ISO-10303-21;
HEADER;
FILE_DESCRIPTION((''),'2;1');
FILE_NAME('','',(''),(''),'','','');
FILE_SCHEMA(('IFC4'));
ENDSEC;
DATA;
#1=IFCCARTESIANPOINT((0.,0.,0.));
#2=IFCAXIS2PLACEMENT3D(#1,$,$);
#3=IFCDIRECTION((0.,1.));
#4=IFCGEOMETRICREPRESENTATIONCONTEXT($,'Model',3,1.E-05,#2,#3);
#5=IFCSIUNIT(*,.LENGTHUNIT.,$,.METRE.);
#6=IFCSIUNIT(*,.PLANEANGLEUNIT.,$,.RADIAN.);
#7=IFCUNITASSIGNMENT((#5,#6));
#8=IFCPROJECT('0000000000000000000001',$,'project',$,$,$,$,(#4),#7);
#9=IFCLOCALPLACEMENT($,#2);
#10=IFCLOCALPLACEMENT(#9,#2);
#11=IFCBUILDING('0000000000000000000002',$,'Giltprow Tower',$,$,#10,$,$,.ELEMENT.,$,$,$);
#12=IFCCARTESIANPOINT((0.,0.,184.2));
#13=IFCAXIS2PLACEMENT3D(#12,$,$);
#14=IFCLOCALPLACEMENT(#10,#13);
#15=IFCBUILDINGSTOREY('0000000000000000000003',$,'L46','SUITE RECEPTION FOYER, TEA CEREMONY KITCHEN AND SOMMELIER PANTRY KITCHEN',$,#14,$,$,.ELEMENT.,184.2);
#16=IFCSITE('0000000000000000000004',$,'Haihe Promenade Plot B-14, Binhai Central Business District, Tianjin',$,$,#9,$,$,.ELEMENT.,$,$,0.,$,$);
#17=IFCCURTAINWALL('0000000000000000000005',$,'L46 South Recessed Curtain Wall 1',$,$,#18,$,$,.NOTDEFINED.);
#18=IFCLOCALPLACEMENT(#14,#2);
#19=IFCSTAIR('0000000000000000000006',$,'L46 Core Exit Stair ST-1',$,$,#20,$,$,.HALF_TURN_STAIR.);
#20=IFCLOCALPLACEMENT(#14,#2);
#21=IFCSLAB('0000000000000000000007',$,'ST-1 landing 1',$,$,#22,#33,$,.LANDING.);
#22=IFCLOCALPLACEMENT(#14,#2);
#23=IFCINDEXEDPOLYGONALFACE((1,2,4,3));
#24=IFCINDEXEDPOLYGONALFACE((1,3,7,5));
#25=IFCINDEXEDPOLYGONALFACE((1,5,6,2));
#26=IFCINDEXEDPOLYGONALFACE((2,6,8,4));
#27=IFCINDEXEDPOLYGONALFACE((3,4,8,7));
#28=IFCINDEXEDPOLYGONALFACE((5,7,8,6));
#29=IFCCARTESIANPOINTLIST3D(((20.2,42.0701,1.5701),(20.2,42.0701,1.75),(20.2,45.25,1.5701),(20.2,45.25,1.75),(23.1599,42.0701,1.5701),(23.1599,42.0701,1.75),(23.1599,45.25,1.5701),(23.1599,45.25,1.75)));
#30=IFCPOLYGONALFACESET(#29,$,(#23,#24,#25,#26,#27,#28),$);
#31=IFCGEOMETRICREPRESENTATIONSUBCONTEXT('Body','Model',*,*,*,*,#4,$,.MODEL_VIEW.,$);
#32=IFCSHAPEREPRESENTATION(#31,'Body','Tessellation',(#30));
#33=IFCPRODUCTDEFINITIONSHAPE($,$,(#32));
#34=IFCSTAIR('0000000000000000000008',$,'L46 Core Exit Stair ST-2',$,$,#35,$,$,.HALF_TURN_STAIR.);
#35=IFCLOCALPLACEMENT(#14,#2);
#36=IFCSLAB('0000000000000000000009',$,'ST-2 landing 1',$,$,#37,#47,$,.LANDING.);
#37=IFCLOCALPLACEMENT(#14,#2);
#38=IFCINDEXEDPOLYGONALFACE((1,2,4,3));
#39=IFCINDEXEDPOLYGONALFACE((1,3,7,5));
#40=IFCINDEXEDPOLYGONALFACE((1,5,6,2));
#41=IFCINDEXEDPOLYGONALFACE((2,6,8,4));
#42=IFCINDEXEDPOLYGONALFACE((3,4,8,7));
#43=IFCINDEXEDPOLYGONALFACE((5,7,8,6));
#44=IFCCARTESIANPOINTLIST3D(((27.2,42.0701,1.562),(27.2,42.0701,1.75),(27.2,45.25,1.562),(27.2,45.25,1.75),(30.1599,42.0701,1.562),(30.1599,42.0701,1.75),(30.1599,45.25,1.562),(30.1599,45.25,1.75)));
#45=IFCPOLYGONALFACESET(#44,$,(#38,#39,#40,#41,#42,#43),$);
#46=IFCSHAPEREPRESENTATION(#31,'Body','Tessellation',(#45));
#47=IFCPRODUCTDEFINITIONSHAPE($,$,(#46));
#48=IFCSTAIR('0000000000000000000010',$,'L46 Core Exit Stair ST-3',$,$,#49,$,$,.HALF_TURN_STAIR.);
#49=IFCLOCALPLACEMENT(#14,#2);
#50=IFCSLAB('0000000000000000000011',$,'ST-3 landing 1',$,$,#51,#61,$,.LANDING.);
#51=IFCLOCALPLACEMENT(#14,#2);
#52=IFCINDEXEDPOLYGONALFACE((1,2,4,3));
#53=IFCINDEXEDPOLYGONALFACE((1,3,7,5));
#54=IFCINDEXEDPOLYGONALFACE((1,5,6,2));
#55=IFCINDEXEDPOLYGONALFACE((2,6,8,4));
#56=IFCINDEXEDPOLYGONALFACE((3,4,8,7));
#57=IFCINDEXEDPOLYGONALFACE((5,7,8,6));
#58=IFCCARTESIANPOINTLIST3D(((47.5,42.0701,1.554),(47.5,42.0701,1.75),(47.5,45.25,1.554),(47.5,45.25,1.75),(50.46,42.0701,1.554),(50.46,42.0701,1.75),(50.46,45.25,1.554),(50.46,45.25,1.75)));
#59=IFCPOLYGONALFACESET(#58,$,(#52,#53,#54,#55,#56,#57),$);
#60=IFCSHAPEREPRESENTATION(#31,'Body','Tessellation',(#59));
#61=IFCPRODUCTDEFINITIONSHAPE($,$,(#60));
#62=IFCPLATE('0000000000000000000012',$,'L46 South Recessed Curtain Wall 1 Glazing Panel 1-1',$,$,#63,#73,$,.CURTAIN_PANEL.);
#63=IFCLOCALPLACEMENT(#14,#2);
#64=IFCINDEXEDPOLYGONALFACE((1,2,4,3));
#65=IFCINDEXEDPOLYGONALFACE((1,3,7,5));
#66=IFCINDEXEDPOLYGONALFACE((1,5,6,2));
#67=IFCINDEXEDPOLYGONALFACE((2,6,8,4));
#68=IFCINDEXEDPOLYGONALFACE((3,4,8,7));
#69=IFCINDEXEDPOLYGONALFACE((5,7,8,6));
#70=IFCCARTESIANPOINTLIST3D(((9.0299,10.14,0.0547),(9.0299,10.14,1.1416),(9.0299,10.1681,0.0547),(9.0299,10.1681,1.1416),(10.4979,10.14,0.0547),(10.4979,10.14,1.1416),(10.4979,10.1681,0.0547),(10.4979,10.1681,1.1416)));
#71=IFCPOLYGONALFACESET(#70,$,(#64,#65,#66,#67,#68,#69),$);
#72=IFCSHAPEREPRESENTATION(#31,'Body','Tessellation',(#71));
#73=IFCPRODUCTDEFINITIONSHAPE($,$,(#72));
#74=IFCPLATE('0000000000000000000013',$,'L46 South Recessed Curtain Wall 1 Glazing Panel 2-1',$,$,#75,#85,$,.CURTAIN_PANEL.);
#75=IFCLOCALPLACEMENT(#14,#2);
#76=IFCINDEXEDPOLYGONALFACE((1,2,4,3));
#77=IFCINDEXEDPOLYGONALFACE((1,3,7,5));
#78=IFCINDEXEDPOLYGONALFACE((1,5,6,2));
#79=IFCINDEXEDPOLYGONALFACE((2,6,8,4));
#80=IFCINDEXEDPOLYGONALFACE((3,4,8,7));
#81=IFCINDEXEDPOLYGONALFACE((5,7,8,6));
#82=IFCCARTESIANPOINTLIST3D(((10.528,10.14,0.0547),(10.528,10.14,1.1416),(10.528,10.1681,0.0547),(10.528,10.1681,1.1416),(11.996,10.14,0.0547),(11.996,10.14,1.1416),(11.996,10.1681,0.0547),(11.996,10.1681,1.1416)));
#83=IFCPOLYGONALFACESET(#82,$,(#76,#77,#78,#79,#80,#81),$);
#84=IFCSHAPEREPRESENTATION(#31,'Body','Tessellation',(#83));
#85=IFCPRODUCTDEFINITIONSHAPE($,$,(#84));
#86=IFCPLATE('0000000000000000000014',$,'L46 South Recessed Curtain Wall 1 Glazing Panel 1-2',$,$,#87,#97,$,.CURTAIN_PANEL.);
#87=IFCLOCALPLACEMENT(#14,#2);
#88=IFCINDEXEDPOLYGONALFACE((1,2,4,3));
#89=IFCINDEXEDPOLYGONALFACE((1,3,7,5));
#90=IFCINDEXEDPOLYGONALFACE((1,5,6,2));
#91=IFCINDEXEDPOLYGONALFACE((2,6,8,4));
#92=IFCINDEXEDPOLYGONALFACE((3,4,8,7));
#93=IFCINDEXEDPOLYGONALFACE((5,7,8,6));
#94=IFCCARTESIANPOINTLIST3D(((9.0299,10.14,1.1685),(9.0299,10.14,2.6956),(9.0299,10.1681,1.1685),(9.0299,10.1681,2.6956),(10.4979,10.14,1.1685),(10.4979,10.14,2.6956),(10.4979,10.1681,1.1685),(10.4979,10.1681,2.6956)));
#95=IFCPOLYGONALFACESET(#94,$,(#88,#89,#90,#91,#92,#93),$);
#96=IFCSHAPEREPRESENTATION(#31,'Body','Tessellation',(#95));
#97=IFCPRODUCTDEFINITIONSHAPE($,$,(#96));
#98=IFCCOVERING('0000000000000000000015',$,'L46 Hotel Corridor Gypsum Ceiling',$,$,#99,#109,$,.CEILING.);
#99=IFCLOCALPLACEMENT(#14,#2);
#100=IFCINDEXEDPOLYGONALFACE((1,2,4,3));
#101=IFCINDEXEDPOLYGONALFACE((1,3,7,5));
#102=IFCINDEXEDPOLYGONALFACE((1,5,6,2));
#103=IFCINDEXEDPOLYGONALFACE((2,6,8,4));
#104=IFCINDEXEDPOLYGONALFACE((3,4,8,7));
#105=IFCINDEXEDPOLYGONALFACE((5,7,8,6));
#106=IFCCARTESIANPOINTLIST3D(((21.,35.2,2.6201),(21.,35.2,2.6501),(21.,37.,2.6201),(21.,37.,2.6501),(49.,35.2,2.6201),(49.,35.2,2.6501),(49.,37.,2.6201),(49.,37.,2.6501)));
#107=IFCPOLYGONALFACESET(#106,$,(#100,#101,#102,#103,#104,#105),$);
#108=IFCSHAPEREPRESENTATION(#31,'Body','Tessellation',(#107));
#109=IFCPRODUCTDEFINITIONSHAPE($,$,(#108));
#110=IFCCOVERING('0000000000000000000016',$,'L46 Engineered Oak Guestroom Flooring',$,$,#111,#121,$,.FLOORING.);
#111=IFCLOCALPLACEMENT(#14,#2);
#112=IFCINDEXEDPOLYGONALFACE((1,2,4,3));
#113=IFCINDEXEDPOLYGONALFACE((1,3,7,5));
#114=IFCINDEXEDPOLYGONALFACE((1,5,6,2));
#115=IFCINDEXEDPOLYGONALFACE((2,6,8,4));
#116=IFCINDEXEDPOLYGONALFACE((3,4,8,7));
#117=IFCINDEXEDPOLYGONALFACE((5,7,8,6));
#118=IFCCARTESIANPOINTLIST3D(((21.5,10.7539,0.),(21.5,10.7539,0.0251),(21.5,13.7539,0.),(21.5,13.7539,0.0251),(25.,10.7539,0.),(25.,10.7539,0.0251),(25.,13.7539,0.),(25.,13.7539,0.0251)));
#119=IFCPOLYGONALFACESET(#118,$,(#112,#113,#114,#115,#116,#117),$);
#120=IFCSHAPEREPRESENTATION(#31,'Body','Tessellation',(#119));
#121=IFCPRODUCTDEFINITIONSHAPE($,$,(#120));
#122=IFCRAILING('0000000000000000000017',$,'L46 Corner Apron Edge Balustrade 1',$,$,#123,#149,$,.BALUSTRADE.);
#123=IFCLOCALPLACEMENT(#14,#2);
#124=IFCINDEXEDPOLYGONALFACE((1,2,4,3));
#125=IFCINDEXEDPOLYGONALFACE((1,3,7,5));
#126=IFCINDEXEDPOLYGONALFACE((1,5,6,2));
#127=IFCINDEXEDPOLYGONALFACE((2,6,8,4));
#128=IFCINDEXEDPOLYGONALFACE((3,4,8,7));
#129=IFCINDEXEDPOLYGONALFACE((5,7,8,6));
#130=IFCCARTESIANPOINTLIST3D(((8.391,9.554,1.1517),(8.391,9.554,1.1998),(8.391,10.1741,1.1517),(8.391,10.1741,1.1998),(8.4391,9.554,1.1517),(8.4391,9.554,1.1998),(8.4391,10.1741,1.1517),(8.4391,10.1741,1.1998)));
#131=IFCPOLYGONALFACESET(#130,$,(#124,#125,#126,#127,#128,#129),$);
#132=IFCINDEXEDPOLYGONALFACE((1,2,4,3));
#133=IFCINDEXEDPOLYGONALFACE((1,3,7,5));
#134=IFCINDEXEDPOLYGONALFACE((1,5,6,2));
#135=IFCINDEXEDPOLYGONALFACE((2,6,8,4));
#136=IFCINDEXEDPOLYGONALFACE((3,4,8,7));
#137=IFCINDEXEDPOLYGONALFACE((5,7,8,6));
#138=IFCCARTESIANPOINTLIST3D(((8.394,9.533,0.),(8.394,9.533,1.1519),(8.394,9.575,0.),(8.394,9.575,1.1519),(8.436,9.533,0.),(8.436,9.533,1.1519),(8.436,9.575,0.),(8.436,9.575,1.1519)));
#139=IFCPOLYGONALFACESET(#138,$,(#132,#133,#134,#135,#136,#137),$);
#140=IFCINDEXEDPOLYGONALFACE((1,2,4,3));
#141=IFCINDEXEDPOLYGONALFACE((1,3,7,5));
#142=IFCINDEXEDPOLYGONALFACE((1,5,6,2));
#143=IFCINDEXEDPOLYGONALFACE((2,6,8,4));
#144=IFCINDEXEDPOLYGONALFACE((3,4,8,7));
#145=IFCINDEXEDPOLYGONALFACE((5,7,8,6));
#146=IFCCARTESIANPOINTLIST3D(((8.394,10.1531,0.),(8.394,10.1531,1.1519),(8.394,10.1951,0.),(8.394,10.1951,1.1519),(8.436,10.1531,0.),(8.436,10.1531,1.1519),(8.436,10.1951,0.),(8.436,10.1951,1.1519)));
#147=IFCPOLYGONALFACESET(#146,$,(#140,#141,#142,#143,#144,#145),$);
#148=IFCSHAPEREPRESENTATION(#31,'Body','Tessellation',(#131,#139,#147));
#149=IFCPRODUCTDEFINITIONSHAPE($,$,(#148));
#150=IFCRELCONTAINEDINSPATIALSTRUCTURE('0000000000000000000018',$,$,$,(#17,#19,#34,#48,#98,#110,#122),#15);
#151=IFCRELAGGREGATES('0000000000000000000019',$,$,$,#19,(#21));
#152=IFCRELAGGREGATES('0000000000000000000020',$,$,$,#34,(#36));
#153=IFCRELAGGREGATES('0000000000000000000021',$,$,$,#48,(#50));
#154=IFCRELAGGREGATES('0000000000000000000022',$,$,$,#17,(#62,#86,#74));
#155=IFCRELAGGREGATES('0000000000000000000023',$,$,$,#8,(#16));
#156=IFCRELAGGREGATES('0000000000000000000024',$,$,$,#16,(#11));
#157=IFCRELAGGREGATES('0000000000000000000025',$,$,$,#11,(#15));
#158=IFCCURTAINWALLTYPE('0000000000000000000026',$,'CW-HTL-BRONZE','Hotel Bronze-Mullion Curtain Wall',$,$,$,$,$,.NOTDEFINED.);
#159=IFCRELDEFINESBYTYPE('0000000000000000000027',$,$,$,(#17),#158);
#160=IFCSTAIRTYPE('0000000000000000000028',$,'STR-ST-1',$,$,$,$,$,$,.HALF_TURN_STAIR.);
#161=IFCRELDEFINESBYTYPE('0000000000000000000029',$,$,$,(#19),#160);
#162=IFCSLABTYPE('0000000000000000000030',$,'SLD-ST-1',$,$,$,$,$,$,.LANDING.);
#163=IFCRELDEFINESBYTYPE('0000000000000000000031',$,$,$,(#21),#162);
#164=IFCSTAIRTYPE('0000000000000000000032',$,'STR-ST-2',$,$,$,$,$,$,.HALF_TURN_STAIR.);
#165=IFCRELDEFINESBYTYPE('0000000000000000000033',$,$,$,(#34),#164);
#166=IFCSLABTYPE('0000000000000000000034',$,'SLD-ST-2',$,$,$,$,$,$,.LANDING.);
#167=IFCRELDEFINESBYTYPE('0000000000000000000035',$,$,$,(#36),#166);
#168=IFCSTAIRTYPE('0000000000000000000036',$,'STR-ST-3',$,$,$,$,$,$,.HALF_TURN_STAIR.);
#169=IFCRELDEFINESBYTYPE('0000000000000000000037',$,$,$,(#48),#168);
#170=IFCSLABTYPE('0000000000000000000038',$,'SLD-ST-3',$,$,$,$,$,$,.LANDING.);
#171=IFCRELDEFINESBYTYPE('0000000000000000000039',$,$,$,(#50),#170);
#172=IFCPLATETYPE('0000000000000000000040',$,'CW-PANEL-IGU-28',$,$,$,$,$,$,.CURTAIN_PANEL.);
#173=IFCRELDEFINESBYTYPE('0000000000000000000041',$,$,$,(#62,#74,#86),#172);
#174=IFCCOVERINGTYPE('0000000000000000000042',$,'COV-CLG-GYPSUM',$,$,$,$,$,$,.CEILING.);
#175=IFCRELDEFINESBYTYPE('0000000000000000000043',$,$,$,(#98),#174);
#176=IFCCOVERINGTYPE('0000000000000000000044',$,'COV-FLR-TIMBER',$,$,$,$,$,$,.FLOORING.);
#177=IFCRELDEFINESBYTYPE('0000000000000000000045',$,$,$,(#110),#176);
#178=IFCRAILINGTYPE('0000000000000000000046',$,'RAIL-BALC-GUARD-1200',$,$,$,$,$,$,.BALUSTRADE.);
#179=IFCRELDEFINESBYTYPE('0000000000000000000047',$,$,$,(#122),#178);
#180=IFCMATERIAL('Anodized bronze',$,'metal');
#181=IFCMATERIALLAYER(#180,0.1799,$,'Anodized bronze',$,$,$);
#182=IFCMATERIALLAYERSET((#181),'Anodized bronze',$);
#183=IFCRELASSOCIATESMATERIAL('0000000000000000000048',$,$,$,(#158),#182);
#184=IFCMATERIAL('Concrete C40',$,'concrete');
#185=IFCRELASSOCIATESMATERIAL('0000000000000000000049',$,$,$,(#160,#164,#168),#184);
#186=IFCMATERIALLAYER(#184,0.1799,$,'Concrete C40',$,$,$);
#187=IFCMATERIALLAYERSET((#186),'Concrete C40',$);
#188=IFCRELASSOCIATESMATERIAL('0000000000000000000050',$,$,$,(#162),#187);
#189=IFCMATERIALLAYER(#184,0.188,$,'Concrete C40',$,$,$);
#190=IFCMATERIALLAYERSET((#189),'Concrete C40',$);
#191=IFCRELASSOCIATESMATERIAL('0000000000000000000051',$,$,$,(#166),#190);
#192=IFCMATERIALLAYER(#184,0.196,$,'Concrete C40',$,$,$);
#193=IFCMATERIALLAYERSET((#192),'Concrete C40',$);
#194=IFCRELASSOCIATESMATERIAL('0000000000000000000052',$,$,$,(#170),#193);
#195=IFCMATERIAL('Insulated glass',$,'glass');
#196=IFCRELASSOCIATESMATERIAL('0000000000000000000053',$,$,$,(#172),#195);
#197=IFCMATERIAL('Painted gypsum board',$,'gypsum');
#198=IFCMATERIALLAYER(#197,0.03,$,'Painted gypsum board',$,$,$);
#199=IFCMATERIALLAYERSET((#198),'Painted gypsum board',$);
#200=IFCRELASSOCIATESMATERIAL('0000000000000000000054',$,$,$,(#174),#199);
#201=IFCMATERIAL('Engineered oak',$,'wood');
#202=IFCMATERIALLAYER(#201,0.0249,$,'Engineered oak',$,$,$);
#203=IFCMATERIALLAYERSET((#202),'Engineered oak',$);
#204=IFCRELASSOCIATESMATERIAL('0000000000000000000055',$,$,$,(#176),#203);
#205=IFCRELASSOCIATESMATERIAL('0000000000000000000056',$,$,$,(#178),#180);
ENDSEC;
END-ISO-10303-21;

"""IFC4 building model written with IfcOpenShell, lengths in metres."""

from ifc_helpers import new_model, si_unit, direction, frame, origin, origin_2d, place, context, subcontext, project, spatial, polyline, rectangle, outline, extrude, source, transform, mapped, material, layer, layer_set, type_object, element, aggregate, save


model = new_model("IFC4")

# Units and contexts
model_context = context("Model", 3, precision=1e-05, world=origin(), true_north=direction((0.0, 1.0)))
body_context = subcontext(model_context, "Body", "Model", "MODEL_VIEW")
ifc_project = project(units=[si_unit("LENGTHUNIT", "METRE"), si_unit("PLANEANGLEUNIT", "RADIAN")], contexts=[model_context])

# Site, building, storey
site_placement = place(None, origin())
site = spatial("IfcSite", under=ifc_project, at=site_placement, Name="Haihe Promenade Plot B-14, Binhai Central Business District, Tianjin", CompositionType="ELEMENT", RefElevation=0.0)
building_placement = place(site_placement, origin())
building = spatial("IfcBuilding", under=site, at=building_placement, Name="Giltprow Tower", CompositionType="ELEMENT")
storey_placement = place(building_placement, frame((0.0, 0.0, 184.2)))
storey = spatial("IfcBuildingStorey", under=building, at=storey_placement, Name="L46", Description="SUITE RECEPTION FOYER, TEA CEREMONY KITCHEN AND SOMMELIER PANTRY KITCHEN", CompositionType="ELEMENT", Elevation=184.2)

# Curtain wall
ifc_material_1 = material(Name="Anodized bronze", Category="metal")
ifc_layer_1 = layer(ifc_material_1, 0.1799, Name="Anodized bronze")
ifc_layer_set_1 = layer_set([ifc_layer_1], Name="Anodized bronze")
curtain_wall_type = type_object("IfcCurtainWallType", Name="CW-HTL-BRONZE", Description="Hotel Bronze-Mullion Curtain Wall", PredefinedType="NOTDEFINED", material=ifc_layer_set_1)
curtain_wall_placement = place(storey_placement, origin())
curtain_wall = element("IfcCurtainWall", 1, at=curtain_wall_placement, inside=storey, type_object=curtain_wall_type, Name="L46 South Recessed Curtain Wall 1", PredefinedType="NOTDEFINED")

# Shared definitions
ifc_material_2 = material(Name="Concrete C40", Category="concrete")

# Stairs, slabs
stair_type_1 = type_object("IfcStairType", Name="STR-ST-1", PredefinedType="HALF_TURN_STAIR", material=ifc_material_2)
stair_1_placement = place(storey_placement, origin())
stair_1 = element("IfcStair", 2, at=stair_1_placement, inside=storey, type_object=stair_type_1, Name="L46 Core Exit Stair ST-1", PredefinedType="HALF_TURN_STAIR")
ifc_layer_2 = layer(ifc_material_2, 0.1799, Name="Concrete C40")
ifc_layer_set_2 = layer_set([ifc_layer_2], Name="Concrete C40")
slab_type_1 = type_object("IfcSlabType", Name="SLD-ST-1", PredefinedType="LANDING", material=ifc_layer_set_2)
slab_1_placement = place(storey_placement, frame((0.0, 0.0, 1.5701)))
slab_1 = element("IfcSlab", 3, at=slab_1_placement, type_object=slab_type_1, Name="ST-1 landing 1", PredefinedType="LANDING", context=body_context, shape_type="SweptSolid", body=[
    extrude(outline(polyline([(23.1599, 42.0701), (23.1599, 45.25), (20.2, 45.25), (20.2, 42.0701), (23.1599, 42.0701)])), origin(), (0.0, 0.0, 1.0), 0.1799),
])
aggregate(stair_1, [slab_1])
stair_type_2 = type_object("IfcStairType", Name="STR-ST-2", PredefinedType="HALF_TURN_STAIR", material=ifc_material_2)
stair_2_placement = place(storey_placement, origin())
stair_2 = element("IfcStair", 4, at=stair_2_placement, inside=storey, type_object=stair_type_2, Name="L46 Core Exit Stair ST-2", PredefinedType="HALF_TURN_STAIR")
ifc_layer_3 = layer(ifc_material_2, 0.188, Name="Concrete C40")
ifc_layer_set_3 = layer_set([ifc_layer_3], Name="Concrete C40")
slab_type_2 = type_object("IfcSlabType", Name="SLD-ST-2", PredefinedType="LANDING", material=ifc_layer_set_3)
slab_2_placement = place(storey_placement, frame((0.0, 0.0, 1.562)))
slab_2 = element("IfcSlab", 5, at=slab_2_placement, type_object=slab_type_2, Name="ST-2 landing 1", PredefinedType="LANDING", context=body_context, shape_type="SweptSolid", body=[
    extrude(outline(polyline([(30.1599, 42.0701), (30.1599, 45.25), (27.2, 45.25), (27.2, 42.0701), (30.1599, 42.0701)])), origin(), (0.0, 0.0, 1.0), 0.188),
])
aggregate(stair_2, [slab_2])
stair_type_3 = type_object("IfcStairType", Name="STR-ST-3", PredefinedType="HALF_TURN_STAIR", material=ifc_material_2)
stair_3_placement = place(storey_placement, origin())
stair_3 = element("IfcStair", 6, at=stair_3_placement, inside=storey, type_object=stair_type_3, Name="L46 Core Exit Stair ST-3", PredefinedType="HALF_TURN_STAIR")
ifc_layer_4 = layer(ifc_material_2, 0.196, Name="Concrete C40")
ifc_layer_set_4 = layer_set([ifc_layer_4], Name="Concrete C40")
slab_type_3 = type_object("IfcSlabType", Name="SLD-ST-3", PredefinedType="LANDING", material=ifc_layer_set_4)
slab_3_placement = place(storey_placement, frame((0.0, 0.0, 1.554)))
slab_3 = element("IfcSlab", 7, at=slab_3_placement, type_object=slab_type_3, Name="ST-3 landing 1", PredefinedType="LANDING", context=body_context, shape_type="SweptSolid", body=[
    extrude(outline(polyline([(50.46, 42.0701), (50.46, 45.25), (47.5, 45.25), (47.5, 42.0701), (50.46, 42.0701)])), origin(), (0.0, 0.0, 1.0), 0.196),
])
aggregate(stair_3, [slab_3])

# Plates
ifc_material_3 = material(Name="Insulated glass", Category="glass")
plate_type = type_object("IfcPlateType", Name="CW-PANEL-IGU-28", PredefinedType="CURTAIN_PANEL", material=ifc_material_3)
shared_shape_1 = source(origin(), body_context, "Body", "SweptSolid", [
    extrude(rectangle(XDim=1.468, YDim=0.0281, at=origin_2d()), origin(), (0.0, 0.0, 1.0), 1.0869),
])
plate_1_placement = place(storey_placement, frame((9.7639, 10.1541, 0.0547), z_axis=(0.0, 0.0, 1.0), x_axis=(1.0, 0.0, 0.0)))
plate_1 = element("IfcPlate", 8, at=plate_1_placement, type_object=plate_type, Name="L46 South Recessed Curtain Wall 1 Glazing Panel 1-1", PredefinedType="CURTAIN_PANEL", context=body_context, shape_type="MappedRepresentation", body=[
    mapped(shared_shape_1, transform((0.0, 0.0, 0.0), x_axis=(1.0, 0.0, 0.0), y_axis=(0.0, 1.0, 0.0), z_axis=(0.0, 0.0, 1.0), scale=1.0)),
])
plate_2_placement = place(storey_placement, frame((11.262, 10.1541, 0.0547), z_axis=(0.0, 0.0, 1.0), x_axis=(1.0, 0.0, 0.0)))
plate_2 = element("IfcPlate", 9, at=plate_2_placement, type_object=plate_type, Name="L46 South Recessed Curtain Wall 1 Glazing Panel 2-1", PredefinedType="CURTAIN_PANEL", context=body_context, shape_type="MappedRepresentation", body=[
    mapped(shared_shape_1, transform((0.0, 0.0, 0.0), x_axis=(1.0, 0.0, 0.0), y_axis=(0.0, 1.0, 0.0), z_axis=(0.0, 0.0, 1.0), scale=1.0)),
])
shared_shape_2 = source(origin(), body_context, "Body", "SweptSolid", [
    extrude(rectangle(XDim=1.468, YDim=0.0281, at=origin_2d()), origin(), (0.0, 0.0, 1.0), 1.5271),
])
plate_3_placement = place(storey_placement, frame((9.7639, 10.1541, 1.1685), z_axis=(0.0, 0.0, 1.0), x_axis=(1.0, 0.0, 0.0)))
plate_3 = element("IfcPlate", 10, at=plate_3_placement, type_object=plate_type, Name="L46 South Recessed Curtain Wall 1 Glazing Panel 1-2", PredefinedType="CURTAIN_PANEL", context=body_context, shape_type="MappedRepresentation", body=[
    mapped(shared_shape_2, transform((0.0, 0.0, 0.0), x_axis=(1.0, 0.0, 0.0), y_axis=(0.0, 1.0, 0.0), z_axis=(0.0, 0.0, 1.0), scale=1.0)),
])
aggregate(curtain_wall, [plate_1, plate_3, plate_2])

# Coverings
ifc_material_4 = material(Name="Painted gypsum board", Category="gypsum")
ifc_layer_5 = layer(ifc_material_4, 0.03, Name="Painted gypsum board")
ifc_layer_set_5 = layer_set([ifc_layer_5], Name="Painted gypsum board")
covering_type_1 = type_object("IfcCoveringType", Name="COV-CLG-GYPSUM", PredefinedType="CEILING", material=ifc_layer_set_5)
covering_1_placement = place(storey_placement, frame((0.0, 0.0, 2.6201)))
element("IfcCovering", 11, at=covering_1_placement, inside=storey, type_object=covering_type_1, Name="L46 Hotel Corridor Gypsum Ceiling", PredefinedType="CEILING", context=body_context, shape_type="SweptSolid", body=[
    extrude(outline(polyline([(21.0, 35.2), (49.0, 35.2), (49.0, 37.0), (21.0, 37.0), (21.0, 35.2)])), origin(), (0.0, 0.0, 1.0), 0.03),
])
ifc_material_5 = material(Name="Engineered oak", Category="wood")
ifc_layer_6 = layer(ifc_material_5, 0.0249, Name="Engineered oak")
ifc_layer_set_6 = layer_set([ifc_layer_6], Name="Engineered oak")
covering_type_2 = type_object("IfcCoveringType", Name="COV-FLR-TIMBER", PredefinedType="FLOORING", material=ifc_layer_set_6)
covering_2_placement = place(storey_placement, origin())
element("IfcCovering", 12, at=covering_2_placement, inside=storey, type_object=covering_type_2, Name="L46 Engineered Oak Guestroom Flooring", PredefinedType="FLOORING", context=body_context, shape_type="SweptSolid", body=[
    extrude(outline(polyline([(21.5, 10.7539), (25.0, 10.7539), (25.0, 13.7539), (21.5, 13.7539), (21.5, 10.7539)])), origin(), (0.0, 0.0, 1.0), 0.0251),
])

# Railing
railing_type = type_object("IfcRailingType", Name="RAIL-BALC-GUARD-1200", PredefinedType="BALUSTRADE", material=ifc_material_1)
railing_placement = place(storey_placement, frame((8.415, 9.554, 0.0)))
element("IfcRailing", 13, at=railing_placement, inside=storey, type_object=railing_type, Name="L46 Corner Apron Edge Balustrade 1", PredefinedType="BALUSTRADE", context=body_context, shape_type="SweptSolid", body=[
    extrude(rectangle(XDim=0.0481, YDim=0.0481, at=origin_2d()), frame((0.0, 0.0, 1.1758), z_axis=(0.0, 1.0, 0.0), x_axis=(-1.0, 0.0, 0.0)), (0.0, 0.0, 1.0), 0.6201),
    extrude(rectangle(XDim=0.042, YDim=0.042, at=origin_2d()), origin(), (0.0, 0.0, 1.0), 1.1519),
    extrude(rectangle(XDim=0.042, YDim=0.042, at=origin_2d()), frame((0.0, 0.6201, 0.0)), (0.0, 0.0, 1.0), 1.1519),
])

save(model, "model.ifc")
